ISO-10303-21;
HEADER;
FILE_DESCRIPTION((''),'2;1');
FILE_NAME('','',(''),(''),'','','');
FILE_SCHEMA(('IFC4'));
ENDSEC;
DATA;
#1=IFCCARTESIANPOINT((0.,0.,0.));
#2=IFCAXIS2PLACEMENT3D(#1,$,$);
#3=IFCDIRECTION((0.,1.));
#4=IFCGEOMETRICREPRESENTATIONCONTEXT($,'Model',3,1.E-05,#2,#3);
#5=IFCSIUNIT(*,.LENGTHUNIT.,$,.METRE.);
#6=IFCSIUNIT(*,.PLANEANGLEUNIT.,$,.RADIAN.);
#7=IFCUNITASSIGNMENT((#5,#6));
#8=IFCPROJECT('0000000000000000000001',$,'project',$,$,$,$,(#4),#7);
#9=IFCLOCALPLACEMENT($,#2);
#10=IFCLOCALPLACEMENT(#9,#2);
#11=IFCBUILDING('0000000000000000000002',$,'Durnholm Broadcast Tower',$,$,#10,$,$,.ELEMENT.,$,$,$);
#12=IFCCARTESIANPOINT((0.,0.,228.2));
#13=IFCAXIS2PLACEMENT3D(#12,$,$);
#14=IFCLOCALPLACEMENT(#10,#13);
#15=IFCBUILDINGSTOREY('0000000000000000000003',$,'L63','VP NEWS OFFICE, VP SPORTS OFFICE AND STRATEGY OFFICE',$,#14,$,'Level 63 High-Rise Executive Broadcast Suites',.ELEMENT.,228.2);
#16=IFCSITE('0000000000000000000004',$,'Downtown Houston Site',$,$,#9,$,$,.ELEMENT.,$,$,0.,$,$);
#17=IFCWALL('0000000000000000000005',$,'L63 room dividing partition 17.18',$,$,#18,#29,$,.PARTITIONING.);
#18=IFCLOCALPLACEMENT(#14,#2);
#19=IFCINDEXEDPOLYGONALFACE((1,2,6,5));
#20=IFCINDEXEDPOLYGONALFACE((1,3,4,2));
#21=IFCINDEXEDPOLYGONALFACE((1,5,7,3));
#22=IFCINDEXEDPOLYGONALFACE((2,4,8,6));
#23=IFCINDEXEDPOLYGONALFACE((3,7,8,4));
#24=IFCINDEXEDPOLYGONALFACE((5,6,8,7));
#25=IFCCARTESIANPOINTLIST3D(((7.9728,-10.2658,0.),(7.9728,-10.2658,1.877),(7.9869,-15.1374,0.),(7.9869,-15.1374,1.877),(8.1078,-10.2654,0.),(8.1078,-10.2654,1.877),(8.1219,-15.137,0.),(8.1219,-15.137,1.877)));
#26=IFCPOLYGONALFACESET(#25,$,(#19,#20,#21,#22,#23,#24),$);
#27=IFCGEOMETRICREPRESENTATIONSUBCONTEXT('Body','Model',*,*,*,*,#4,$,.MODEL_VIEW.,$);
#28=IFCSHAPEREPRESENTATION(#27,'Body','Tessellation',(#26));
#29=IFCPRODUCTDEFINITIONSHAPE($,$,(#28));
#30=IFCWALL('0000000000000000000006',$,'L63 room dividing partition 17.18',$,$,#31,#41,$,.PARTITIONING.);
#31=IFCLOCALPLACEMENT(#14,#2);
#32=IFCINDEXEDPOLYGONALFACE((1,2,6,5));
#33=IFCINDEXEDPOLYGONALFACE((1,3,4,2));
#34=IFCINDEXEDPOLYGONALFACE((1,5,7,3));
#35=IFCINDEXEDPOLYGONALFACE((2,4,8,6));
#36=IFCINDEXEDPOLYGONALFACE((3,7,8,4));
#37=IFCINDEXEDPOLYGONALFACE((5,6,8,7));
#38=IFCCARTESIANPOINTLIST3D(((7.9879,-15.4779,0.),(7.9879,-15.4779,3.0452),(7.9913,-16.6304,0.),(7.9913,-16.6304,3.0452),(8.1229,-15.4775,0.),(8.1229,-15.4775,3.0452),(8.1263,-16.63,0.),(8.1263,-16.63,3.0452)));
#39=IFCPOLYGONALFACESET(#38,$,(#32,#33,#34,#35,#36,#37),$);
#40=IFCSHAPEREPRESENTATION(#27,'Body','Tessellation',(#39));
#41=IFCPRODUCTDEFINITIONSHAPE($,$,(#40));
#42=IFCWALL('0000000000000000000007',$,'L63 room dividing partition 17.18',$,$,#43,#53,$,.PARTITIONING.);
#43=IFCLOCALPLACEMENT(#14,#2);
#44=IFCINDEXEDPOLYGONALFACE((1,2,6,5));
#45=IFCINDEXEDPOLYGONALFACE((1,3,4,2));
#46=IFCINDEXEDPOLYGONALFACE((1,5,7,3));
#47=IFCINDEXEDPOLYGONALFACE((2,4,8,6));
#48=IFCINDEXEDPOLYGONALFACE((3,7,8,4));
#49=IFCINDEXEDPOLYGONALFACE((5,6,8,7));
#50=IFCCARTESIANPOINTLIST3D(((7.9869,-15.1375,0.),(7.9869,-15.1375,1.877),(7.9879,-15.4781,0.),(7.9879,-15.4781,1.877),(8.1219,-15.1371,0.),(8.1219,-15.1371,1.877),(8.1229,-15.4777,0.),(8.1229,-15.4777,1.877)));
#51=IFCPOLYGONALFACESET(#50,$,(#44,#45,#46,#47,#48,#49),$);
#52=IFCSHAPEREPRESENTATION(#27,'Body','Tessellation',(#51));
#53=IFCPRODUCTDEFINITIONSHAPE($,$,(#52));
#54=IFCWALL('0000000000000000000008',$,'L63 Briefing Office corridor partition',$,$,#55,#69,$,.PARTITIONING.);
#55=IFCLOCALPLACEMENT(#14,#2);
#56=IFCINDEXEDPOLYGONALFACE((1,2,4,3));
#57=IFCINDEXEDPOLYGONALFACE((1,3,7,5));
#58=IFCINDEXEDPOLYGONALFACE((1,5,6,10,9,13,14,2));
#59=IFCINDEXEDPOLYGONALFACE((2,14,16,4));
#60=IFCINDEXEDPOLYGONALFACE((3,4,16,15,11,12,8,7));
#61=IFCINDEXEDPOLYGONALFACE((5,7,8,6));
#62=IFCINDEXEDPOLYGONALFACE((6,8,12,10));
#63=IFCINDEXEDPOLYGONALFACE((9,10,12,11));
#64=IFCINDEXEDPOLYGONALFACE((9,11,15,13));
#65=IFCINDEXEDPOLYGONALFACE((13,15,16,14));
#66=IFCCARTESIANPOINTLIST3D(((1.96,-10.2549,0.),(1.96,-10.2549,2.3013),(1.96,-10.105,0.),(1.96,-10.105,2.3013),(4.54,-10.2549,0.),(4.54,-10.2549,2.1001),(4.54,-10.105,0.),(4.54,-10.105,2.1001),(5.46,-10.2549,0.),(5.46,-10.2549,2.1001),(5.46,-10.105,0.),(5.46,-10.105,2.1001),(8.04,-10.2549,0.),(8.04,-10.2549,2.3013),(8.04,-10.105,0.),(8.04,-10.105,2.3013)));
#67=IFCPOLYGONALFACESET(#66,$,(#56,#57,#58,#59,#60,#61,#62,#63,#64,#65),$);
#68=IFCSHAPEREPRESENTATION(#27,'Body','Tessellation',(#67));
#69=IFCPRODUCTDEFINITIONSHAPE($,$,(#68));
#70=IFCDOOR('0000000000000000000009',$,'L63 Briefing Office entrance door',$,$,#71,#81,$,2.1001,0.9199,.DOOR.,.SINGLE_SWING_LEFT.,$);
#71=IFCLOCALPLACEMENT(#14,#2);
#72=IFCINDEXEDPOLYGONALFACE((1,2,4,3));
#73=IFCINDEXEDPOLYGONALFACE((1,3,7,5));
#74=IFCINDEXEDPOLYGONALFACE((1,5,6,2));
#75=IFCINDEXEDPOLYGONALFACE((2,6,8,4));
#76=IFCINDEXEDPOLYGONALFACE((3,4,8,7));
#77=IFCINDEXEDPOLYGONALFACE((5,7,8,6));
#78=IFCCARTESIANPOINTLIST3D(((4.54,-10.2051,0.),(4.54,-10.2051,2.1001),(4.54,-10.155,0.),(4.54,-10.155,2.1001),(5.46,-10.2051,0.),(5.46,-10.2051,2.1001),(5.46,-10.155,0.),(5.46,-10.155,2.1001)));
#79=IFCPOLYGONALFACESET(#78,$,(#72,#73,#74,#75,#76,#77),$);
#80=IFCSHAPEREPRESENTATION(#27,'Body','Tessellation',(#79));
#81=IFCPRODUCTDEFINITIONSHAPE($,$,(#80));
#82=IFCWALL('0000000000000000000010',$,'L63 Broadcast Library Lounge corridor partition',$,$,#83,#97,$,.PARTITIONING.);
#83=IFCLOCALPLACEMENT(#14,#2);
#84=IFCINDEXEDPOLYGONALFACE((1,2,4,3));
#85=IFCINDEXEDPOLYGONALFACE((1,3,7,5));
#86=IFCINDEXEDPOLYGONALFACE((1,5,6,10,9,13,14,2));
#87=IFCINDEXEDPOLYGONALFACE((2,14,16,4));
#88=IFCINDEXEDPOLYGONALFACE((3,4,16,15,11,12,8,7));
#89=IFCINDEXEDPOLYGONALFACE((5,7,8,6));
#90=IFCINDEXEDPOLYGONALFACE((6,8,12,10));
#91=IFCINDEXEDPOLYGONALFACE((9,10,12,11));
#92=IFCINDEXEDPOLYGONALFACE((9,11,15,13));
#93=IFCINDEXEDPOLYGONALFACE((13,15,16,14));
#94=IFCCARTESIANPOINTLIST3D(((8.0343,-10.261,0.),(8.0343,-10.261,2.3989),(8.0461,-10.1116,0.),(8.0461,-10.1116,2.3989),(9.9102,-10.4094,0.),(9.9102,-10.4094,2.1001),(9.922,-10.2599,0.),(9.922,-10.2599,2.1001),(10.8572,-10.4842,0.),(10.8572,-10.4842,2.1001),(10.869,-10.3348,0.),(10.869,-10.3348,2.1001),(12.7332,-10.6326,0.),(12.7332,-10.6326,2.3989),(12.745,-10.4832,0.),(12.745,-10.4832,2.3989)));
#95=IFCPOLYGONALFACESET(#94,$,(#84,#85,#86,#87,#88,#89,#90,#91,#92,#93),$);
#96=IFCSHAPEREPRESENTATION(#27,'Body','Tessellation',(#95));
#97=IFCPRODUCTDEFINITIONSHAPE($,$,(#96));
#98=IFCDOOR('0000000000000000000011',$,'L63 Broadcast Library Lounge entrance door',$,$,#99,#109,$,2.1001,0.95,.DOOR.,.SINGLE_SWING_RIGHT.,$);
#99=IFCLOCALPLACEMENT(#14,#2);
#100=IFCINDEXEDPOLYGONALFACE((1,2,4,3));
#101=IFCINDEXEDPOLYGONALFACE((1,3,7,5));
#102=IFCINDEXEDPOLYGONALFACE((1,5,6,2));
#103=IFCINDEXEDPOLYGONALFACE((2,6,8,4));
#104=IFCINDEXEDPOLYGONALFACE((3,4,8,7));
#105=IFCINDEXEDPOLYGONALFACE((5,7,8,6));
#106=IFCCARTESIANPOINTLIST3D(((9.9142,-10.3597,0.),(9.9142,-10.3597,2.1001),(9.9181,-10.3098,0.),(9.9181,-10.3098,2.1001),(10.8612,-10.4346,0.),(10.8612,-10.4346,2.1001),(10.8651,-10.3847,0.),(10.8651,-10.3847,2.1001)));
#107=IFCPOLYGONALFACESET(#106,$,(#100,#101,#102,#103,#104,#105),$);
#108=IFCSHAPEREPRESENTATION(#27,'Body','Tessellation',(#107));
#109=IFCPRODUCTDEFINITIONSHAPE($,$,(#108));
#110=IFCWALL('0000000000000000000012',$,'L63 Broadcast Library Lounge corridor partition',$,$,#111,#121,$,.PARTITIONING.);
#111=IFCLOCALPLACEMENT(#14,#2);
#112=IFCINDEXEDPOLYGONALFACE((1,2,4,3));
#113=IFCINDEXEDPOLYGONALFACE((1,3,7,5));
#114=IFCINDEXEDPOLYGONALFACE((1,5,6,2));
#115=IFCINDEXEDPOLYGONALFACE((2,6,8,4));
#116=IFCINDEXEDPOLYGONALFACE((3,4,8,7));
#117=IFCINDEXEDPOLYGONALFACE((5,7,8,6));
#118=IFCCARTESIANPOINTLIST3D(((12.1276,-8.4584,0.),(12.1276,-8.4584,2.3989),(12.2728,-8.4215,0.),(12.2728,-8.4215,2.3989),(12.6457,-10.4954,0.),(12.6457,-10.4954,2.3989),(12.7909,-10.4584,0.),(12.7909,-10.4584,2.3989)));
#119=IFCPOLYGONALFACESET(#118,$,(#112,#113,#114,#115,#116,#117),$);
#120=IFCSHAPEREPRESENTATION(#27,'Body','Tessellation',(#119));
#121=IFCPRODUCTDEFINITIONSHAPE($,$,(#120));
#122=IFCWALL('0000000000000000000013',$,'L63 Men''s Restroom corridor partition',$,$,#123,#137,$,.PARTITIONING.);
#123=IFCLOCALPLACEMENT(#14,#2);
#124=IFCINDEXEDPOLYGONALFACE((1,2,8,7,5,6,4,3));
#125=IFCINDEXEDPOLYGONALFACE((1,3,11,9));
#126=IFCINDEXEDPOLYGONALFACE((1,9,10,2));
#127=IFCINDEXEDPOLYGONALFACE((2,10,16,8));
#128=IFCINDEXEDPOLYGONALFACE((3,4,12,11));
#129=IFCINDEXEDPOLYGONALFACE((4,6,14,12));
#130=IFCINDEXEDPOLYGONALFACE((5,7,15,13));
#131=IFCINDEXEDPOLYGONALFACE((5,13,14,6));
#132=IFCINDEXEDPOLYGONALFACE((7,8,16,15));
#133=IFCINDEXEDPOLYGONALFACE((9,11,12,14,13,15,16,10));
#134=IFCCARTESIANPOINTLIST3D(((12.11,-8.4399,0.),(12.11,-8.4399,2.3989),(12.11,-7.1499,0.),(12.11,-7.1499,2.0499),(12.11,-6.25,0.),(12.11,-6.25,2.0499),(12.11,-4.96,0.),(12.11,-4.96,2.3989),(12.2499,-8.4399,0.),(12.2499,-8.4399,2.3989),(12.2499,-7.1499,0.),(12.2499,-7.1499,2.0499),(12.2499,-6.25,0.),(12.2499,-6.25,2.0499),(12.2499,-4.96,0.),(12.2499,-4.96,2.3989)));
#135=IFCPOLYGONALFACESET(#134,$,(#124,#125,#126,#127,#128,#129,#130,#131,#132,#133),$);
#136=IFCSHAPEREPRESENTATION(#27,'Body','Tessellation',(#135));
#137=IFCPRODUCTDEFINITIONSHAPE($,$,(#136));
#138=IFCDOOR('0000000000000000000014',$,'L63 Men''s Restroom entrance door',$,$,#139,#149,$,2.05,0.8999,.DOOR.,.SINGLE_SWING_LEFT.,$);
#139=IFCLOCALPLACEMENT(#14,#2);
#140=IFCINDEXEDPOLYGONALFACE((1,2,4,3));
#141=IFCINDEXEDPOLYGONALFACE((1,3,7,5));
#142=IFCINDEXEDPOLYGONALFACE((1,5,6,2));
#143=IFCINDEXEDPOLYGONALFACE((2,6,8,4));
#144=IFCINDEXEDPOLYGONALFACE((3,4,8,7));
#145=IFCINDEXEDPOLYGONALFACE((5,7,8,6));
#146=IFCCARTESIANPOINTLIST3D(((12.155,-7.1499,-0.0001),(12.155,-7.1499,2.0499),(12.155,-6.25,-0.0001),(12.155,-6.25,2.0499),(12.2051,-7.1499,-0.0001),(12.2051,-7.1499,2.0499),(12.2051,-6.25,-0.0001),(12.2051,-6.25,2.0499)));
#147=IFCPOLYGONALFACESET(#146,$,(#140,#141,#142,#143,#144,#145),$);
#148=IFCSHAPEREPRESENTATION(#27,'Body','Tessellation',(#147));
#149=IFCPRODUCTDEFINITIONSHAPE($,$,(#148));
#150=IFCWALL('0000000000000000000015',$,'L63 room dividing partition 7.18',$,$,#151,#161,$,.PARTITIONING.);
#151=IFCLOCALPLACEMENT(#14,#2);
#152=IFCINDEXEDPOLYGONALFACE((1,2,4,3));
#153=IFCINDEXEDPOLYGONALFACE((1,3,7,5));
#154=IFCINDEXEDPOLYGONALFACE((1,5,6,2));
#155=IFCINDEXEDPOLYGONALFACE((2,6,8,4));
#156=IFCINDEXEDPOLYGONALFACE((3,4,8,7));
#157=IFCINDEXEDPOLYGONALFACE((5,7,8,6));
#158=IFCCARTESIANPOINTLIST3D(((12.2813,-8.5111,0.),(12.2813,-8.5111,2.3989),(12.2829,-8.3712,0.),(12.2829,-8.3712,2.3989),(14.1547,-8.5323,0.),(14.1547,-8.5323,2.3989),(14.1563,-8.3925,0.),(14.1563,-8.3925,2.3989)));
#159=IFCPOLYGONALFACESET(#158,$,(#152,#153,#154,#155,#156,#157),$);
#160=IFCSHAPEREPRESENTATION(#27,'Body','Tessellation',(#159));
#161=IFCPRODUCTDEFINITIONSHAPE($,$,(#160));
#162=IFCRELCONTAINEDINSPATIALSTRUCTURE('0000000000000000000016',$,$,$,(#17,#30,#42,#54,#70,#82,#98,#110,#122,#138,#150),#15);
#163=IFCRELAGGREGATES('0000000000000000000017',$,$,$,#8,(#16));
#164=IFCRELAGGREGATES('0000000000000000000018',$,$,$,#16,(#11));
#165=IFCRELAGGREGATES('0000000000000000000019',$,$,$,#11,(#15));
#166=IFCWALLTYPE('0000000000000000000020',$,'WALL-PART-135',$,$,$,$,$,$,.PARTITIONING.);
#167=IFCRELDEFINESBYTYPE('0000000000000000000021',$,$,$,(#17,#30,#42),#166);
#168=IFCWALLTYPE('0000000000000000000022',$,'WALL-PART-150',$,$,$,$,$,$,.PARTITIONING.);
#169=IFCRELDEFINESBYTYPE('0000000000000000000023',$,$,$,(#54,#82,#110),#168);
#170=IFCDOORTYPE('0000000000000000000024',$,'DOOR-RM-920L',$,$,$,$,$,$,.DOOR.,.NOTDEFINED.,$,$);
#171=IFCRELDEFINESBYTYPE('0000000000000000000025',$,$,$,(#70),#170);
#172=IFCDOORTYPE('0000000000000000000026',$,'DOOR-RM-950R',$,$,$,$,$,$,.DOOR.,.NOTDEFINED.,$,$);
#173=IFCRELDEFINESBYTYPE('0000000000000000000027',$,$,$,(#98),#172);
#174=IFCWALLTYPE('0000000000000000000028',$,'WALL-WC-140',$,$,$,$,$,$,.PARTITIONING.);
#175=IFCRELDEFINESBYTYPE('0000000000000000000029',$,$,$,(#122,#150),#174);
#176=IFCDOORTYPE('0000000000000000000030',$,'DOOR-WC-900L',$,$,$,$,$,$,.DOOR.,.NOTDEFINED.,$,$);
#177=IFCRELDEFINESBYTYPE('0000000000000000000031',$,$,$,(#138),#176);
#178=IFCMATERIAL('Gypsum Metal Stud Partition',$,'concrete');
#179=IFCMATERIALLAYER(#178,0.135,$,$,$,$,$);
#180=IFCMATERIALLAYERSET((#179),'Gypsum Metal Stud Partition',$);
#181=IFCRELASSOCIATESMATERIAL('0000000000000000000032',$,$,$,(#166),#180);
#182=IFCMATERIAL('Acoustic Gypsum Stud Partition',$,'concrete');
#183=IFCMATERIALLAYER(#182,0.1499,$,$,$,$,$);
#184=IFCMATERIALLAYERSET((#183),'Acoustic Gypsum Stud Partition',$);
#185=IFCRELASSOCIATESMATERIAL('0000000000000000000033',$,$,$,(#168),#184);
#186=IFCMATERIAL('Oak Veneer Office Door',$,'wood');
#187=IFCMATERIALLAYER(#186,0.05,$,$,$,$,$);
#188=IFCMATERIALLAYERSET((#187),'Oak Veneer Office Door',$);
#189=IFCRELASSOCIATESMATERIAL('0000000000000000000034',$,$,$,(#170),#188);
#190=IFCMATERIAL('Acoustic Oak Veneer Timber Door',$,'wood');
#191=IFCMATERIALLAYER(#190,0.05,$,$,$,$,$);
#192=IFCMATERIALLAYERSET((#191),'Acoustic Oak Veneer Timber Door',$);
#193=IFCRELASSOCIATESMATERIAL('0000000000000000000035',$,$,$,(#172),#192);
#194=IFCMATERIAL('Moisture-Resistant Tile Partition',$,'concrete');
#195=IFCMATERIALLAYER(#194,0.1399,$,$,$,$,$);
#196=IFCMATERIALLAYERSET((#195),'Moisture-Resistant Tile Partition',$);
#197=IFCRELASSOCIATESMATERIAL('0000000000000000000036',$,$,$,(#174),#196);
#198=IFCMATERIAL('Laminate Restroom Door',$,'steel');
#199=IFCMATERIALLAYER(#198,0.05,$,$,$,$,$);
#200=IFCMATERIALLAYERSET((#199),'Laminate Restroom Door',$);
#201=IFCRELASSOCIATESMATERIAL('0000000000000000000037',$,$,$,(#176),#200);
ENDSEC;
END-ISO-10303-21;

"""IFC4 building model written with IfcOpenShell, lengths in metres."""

from ifc_helpers import new_model, si_unit, direction, frame, frame_2d, origin, place, context, subcontext, project, spatial, rectangle, extrude, source, transform, mapped, material, layer, layer_set, type_object, type_shapes, element, fill, save


model = new_model("IFC4")

# Units and contexts
model_context = context("Model", 3, precision=1e-05, world=origin(), true_north=direction((0.0, 1.0)))
body_context = subcontext(model_context, "Body", "Model", "MODEL_VIEW")
ifc_project = project(units=[si_unit("LENGTHUNIT", "METRE"), si_unit("PLANEANGLEUNIT", "RADIAN")], contexts=[model_context])

# Site, building, storey
site_placement = place(None, origin())
site = spatial("IfcSite", under=ifc_project, at=site_placement, Name="Downtown Houston Site", CompositionType="ELEMENT", RefElevation=0.0)
building_placement = place(site_placement, origin())
building = spatial("IfcBuilding", under=site, at=building_placement, Name="Durnholm Broadcast Tower", CompositionType="ELEMENT")
storey_placement = place(building_placement, frame((0.0, 0.0, 228.2)))
storey = spatial("IfcBuildingStorey", under=building, at=storey_placement, Name="L63", Description="VP NEWS OFFICE, VP SPORTS OFFICE AND STRATEGY OFFICE", LongName="Level 63 High-Rise Executive Broadcast Suites", CompositionType="ELEMENT", Elevation=228.2)

# Walls
ifc_material_1 = material(Name="Gypsum Metal Stud Partition", Category="concrete")
ifc_layer_1 = layer(ifc_material_1, 0.135)
ifc_layer_set_1 = layer_set([ifc_layer_1], Name="Gypsum Metal Stud Partition")
wall_type_1 = type_object("IfcWallType", Name="WALL-PART-135", PredefinedType="PARTITIONING", material=ifc_layer_set_1)
wall_1_placement = place(storey_placement, frame((8.0403, -10.2656, 0.0), z_axis=(0.0, 0.0, 1.0), x_axis=(0.002907, -0.999996, 0.0)))
element("IfcWall", 1, at=wall_1_placement, inside=storey, type_object=wall_type_1, Name="L63 room dividing partition 17.18", PredefinedType="PARTITIONING", context=body_context, shape_type="SweptSolid", body=[
    extrude(rectangle(XDim=4.8716, YDim=0.135, at=frame_2d((2.4358, 0.0))), origin(), (0.0, 0.0, 1.0), 1.877),
])
wall_2_placement = place(storey_placement, frame((8.0554, -15.4778, 0.0), z_axis=(0.0, 0.0, 1.0), x_axis=(0.002965, -0.999996, 0.0)))
element("IfcWall", 2, at=wall_2_placement, inside=storey, type_object=wall_type_1, Name="L63 room dividing partition 17.18", PredefinedType="PARTITIONING", context=body_context, shape_type="SweptSolid", body=[
    extrude(rectangle(XDim=1.1526, YDim=0.135, at=frame_2d((0.5762, 0.0))), origin(), (0.0, 0.0, 1.0), 3.0452),
])
wall_3_placement = place(storey_placement, frame((8.0544, -15.1372, 0.0), z_axis=(0.0, 0.0, 1.0), x_axis=(0.002867, -0.999996, 0.0)))
element("IfcWall", 3, at=wall_3_placement, inside=storey, type_object=wall_type_1, Name="L63 room dividing partition 17.18", PredefinedType="PARTITIONING", context=body_context, shape_type="SweptSolid", body=[
    extrude(rectangle(XDim=0.3406, YDim=0.135, at=frame_2d((0.1704, 0.0))), origin(), (0.0, 0.0, 1.0), 1.877),
])

# Walls, openings, doors
ifc_material_2 = material(Name="Acoustic Gypsum Stud Partition", Category="concrete")
ifc_layer_2 = layer(ifc_material_2, 0.1499)
ifc_layer_set_2 = layer_set([ifc_layer_2], Name="Acoustic Gypsum Stud Partition")
wall_type_2 = type_object("IfcWallType", Name="WALL-PART-150", PredefinedType="PARTITIONING", material=ifc_layer_set_2)
wall_4_placement = place(storey_placement, frame((1.96, -10.1799, 0.0), z_axis=(0.0, 0.0, 1.0), x_axis=(1.0, 0.0, 0.0)))
wall_4 = element("IfcWall", 4, at=wall_4_placement, inside=storey, type_object=wall_type_2, Name="L63 Briefing Office corridor partition", PredefinedType="PARTITIONING", context=body_context, shape_type="SweptSolid", body=[
    extrude(rectangle(XDim=6.0801, YDim=0.1499, at=frame_2d((3.04, 0.0))), origin(), (0.0, 0.0, 1.0), 2.3013),
])
opening_1_placement = place(wall_4_placement, frame((2.5801, 0.0, 0.0)))
opening_1 = element("IfcOpeningElement", 5, at=opening_1_placement, cuts=wall_4, PredefinedType="OPENING", context=body_context, shape_type="SweptSolid", body=[
    extrude(rectangle(XDim=0.9199, YDim=2.1001, at=frame_2d((0.46, 1.05))), frame((0.0, 0.085, 0.0), z_axis=(0.0, -1.0, 0.0), x_axis=(1.0, 0.0, 0.0)), (0.0, 0.0, 1.0), 0.1699),
])
ifc_material_3 = material(Name="Oak Veneer Office Door", Category="wood")
ifc_layer_3 = layer(ifc_material_3, 0.05)
ifc_layer_set_3 = layer_set([ifc_layer_3], Name="Oak Veneer Office Door")
door_type_1 = type_object("IfcDoorType", Name="DOOR-RM-920L", OperationType="NOTDEFINED", PredefinedType="DOOR", material=ifc_layer_set_3)
shared_shape_1 = source(origin(), body_context, "Body", "SweptSolid", [
    extrude(rectangle(XDim=0.9199, YDim=2.1001, at=frame_2d((0.46, 1.05))), frame((0.0, 0.0249, 0.0), z_axis=(0.0, -1.0, 0.0), x_axis=(1.0, 0.0, 0.0)), (0.0, 0.0, 1.0), 0.05),
])
type_shapes(door_type_1, [shared_shape_1])
door_1_placement = place(opening_1_placement, origin())
door_1 = element("IfcDoor", 6, at=door_1_placement, inside=storey, type_object=door_type_1, Name="L63 Briefing Office entrance door", OperationType="SINGLE_SWING_LEFT", OverallHeight=2.1001, OverallWidth=0.9199, PredefinedType="DOOR", context=body_context, shape_type="MappedRepresentation", body=[
    mapped(shared_shape_1, transform((0.0, 0.0, 0.0), x_axis=(1.0, 0.0, 0.0), y_axis=(0.0, 1.0, 0.0), z_axis=(0.0, 0.0, 1.0), scale=1.0)),
])
fill(opening_1, door_1)
wall_5_placement = place(storey_placement, frame((8.04, -10.1863, 0.0), z_axis=(0.0, 0.0, 1.0), x_axis=(0.996888, -0.078831, 0.0)))
wall_5 = element("IfcWall", 7, at=wall_5_placement, inside=storey, type_object=wall_type_2, Name="L63 Broadcast Library Lounge corridor partition", PredefinedType="PARTITIONING", context=body_context, shape_type="SweptSolid", body=[
    extrude(rectangle(XDim=4.7136, YDim=0.1499, at=frame_2d((2.3569, 0.0))), origin(), (0.0, 0.0, 1.0), 2.3989),
])
opening_2_placement = place(wall_5_placement, frame((1.8818, 0.0, 0.0)))
opening_2 = element("IfcOpeningElement", 8, at=opening_2_placement, cuts=wall_5, PredefinedType="OPENING", context=body_context, shape_type="SweptSolid", body=[
    extrude(rectangle(XDim=0.95, YDim=2.1001, at=frame_2d((0.4751, 1.05))), frame((0.0, 0.085, 0.0), z_axis=(0.0, -1.0, 0.0), x_axis=(1.0, 0.0, 0.0)), (0.0, 0.0, 1.0), 0.1699),
])
ifc_material_4 = material(Name="Acoustic Oak Veneer Timber Door", Category="wood")
ifc_layer_4 = layer(ifc_material_4, 0.05)
ifc_layer_set_4 = layer_set([ifc_layer_4], Name="Acoustic Oak Veneer Timber Door")
door_type_2 = type_object("IfcDoorType", Name="DOOR-RM-950R", OperationType="NOTDEFINED", PredefinedType="DOOR", material=ifc_layer_set_4)
shared_shape_2 = source(origin(), body_context, "Body", "SweptSolid", [
    extrude(rectangle(XDim=0.95, YDim=2.1001, at=frame_2d((0.4751, 1.05))), frame((0.0, 0.0249, 0.0), z_axis=(0.0, -1.0, 0.0), x_axis=(1.0, 0.0, 0.0)), (0.0, 0.0, 1.0), 0.05),
])
type_shapes(door_type_2, [shared_shape_2])
door_2_placement = place(opening_2_placement, origin())
door_2 = element("IfcDoor", 9, at=door_2_placement, inside=storey, type_object=door_type_2, Name="L63 Broadcast Library Lounge entrance door", OperationType="SINGLE_SWING_RIGHT", OverallHeight=2.1001, OverallWidth=0.95, PredefinedType="DOOR", context=body_context, shape_type="MappedRepresentation", body=[
    mapped(shared_shape_2, transform((0.0, 0.0, 0.0), x_axis=(1.0, 0.0, 0.0), y_axis=(0.0, 1.0, 0.0), z_axis=(0.0, 0.0, 1.0), scale=1.0)),
])
fill(opening_2, door_2)

# Wall
wall_6_placement = place(storey_placement, frame((12.7183, -10.4768, 0.0), z_axis=(0.0, 0.0, 1.0), x_axis=(-0.246497, 0.969144, 0.0)))
element("IfcWall", 10, at=wall_6_placement, inside=storey, type_object=wall_type_2, Name="L63 Broadcast Library Lounge corridor partition", PredefinedType="PARTITIONING", context=body_context, shape_type="SweptSolid", body=[
    extrude(rectangle(XDim=2.1018, YDim=0.1499, at=frame_2d((1.0508, 0.0))), origin(), (0.0, 0.0, 1.0), 2.3989),
])

# Wall, opening, door
ifc_material_5 = material(Name="Moisture-Resistant Tile Partition", Category="concrete")
ifc_layer_5 = layer(ifc_material_5, 0.1399)
ifc_layer_set_5 = layer_set([ifc_layer_5], Name="Moisture-Resistant Tile Partition")
wall_type_3 = type_object("IfcWallType", Name="WALL-WC-140", PredefinedType="PARTITIONING", material=ifc_layer_set_5)
wall_7_placement = place(storey_placement, frame((12.1799, -8.4399, 0.0), z_axis=(0.0, 0.0, 1.0), x_axis=(0.0, 1.0, 0.0)))
wall_7 = element("IfcWall", 11, at=wall_7_placement, inside=storey, type_object=wall_type_3, Name="L63 Men's Restroom corridor partition", PredefinedType="PARTITIONING", context=body_context, shape_type="SweptSolid", body=[
    extrude(rectangle(XDim=3.48, YDim=0.1399, at=frame_2d((1.74, 0.0))), origin(), (0.0, 0.0, 1.0), 2.3989),
])
opening_3_placement = place(wall_7_placement, frame((1.29, 0.0, 0.0)))
opening_3 = element("IfcOpeningElement", 12, at=opening_3_placement, cuts=wall_7, PredefinedType="OPENING", context=body_context, shape_type="SweptSolid", body=[
    extrude(rectangle(XDim=0.8999, YDim=2.05, at=frame_2d((0.45, 1.0249))), frame((0.0, 0.0801, 0.0), z_axis=(0.0, -1.0, 0.0), x_axis=(1.0, 0.0, 0.0)), (0.0, 0.0, 1.0), 0.1599),
])
ifc_material_6 = material(Name="Laminate Restroom Door", Category="steel")
ifc_layer_6 = layer(ifc_material_6, 0.05)
ifc_layer_set_6 = layer_set([ifc_layer_6], Name="Laminate Restroom Door")
door_type_3 = type_object("IfcDoorType", Name="DOOR-WC-900L", OperationType="NOTDEFINED", PredefinedType="DOOR", material=ifc_layer_set_6)
shared_shape_3 = source(origin(), body_context, "Body", "SweptSolid", [
    extrude(rectangle(XDim=0.8999, YDim=2.05, at=frame_2d((0.45, 1.0249))), frame((0.0, 0.0249, 0.0), z_axis=(0.0, -1.0, 0.0), x_axis=(1.0, 0.0, 0.0)), (0.0, 0.0, 1.0), 0.05),
])
type_shapes(door_type_3, [shared_shape_3])
door_3_placement = place(opening_3_placement, origin())
door_3 = element("IfcDoor", 13, at=door_3_placement, inside=storey, type_object=door_type_3, Name="L63 Men's Restroom entrance door", OperationType="SINGLE_SWING_LEFT", OverallHeight=2.05, OverallWidth=0.8999, PredefinedType="DOOR", context=body_context, shape_type="MappedRepresentation", body=[
    mapped(shared_shape_3, transform((0.0, 0.0, 0.0), x_axis=(1.0, 0.0, 0.0), y_axis=(0.0, 1.0, 0.0), z_axis=(0.0, 0.0, 1.0), scale=1.0)),
])
fill(opening_3, door_3)

# Wall
wall_8_placement = place(storey_placement, frame((14.1555, -8.4624, 0.0), z_axis=(0.0, 0.0, 1.0), x_axis=(-0.999936, 0.011336, 0.0)))
element("IfcWall", 14, at=wall_8_placement, inside=storey, type_object=wall_type_3, Name="L63 room dividing partition 7.18", PredefinedType="PARTITIONING", context=body_context, shape_type="SweptSolid", body=[
    extrude(rectangle(XDim=1.8735, YDim=0.1399, at=frame_2d((0.9368, 0.0))), origin(), (0.0, 0.0, 1.0), 2.3989),
])

save(model, "model.ifc")
